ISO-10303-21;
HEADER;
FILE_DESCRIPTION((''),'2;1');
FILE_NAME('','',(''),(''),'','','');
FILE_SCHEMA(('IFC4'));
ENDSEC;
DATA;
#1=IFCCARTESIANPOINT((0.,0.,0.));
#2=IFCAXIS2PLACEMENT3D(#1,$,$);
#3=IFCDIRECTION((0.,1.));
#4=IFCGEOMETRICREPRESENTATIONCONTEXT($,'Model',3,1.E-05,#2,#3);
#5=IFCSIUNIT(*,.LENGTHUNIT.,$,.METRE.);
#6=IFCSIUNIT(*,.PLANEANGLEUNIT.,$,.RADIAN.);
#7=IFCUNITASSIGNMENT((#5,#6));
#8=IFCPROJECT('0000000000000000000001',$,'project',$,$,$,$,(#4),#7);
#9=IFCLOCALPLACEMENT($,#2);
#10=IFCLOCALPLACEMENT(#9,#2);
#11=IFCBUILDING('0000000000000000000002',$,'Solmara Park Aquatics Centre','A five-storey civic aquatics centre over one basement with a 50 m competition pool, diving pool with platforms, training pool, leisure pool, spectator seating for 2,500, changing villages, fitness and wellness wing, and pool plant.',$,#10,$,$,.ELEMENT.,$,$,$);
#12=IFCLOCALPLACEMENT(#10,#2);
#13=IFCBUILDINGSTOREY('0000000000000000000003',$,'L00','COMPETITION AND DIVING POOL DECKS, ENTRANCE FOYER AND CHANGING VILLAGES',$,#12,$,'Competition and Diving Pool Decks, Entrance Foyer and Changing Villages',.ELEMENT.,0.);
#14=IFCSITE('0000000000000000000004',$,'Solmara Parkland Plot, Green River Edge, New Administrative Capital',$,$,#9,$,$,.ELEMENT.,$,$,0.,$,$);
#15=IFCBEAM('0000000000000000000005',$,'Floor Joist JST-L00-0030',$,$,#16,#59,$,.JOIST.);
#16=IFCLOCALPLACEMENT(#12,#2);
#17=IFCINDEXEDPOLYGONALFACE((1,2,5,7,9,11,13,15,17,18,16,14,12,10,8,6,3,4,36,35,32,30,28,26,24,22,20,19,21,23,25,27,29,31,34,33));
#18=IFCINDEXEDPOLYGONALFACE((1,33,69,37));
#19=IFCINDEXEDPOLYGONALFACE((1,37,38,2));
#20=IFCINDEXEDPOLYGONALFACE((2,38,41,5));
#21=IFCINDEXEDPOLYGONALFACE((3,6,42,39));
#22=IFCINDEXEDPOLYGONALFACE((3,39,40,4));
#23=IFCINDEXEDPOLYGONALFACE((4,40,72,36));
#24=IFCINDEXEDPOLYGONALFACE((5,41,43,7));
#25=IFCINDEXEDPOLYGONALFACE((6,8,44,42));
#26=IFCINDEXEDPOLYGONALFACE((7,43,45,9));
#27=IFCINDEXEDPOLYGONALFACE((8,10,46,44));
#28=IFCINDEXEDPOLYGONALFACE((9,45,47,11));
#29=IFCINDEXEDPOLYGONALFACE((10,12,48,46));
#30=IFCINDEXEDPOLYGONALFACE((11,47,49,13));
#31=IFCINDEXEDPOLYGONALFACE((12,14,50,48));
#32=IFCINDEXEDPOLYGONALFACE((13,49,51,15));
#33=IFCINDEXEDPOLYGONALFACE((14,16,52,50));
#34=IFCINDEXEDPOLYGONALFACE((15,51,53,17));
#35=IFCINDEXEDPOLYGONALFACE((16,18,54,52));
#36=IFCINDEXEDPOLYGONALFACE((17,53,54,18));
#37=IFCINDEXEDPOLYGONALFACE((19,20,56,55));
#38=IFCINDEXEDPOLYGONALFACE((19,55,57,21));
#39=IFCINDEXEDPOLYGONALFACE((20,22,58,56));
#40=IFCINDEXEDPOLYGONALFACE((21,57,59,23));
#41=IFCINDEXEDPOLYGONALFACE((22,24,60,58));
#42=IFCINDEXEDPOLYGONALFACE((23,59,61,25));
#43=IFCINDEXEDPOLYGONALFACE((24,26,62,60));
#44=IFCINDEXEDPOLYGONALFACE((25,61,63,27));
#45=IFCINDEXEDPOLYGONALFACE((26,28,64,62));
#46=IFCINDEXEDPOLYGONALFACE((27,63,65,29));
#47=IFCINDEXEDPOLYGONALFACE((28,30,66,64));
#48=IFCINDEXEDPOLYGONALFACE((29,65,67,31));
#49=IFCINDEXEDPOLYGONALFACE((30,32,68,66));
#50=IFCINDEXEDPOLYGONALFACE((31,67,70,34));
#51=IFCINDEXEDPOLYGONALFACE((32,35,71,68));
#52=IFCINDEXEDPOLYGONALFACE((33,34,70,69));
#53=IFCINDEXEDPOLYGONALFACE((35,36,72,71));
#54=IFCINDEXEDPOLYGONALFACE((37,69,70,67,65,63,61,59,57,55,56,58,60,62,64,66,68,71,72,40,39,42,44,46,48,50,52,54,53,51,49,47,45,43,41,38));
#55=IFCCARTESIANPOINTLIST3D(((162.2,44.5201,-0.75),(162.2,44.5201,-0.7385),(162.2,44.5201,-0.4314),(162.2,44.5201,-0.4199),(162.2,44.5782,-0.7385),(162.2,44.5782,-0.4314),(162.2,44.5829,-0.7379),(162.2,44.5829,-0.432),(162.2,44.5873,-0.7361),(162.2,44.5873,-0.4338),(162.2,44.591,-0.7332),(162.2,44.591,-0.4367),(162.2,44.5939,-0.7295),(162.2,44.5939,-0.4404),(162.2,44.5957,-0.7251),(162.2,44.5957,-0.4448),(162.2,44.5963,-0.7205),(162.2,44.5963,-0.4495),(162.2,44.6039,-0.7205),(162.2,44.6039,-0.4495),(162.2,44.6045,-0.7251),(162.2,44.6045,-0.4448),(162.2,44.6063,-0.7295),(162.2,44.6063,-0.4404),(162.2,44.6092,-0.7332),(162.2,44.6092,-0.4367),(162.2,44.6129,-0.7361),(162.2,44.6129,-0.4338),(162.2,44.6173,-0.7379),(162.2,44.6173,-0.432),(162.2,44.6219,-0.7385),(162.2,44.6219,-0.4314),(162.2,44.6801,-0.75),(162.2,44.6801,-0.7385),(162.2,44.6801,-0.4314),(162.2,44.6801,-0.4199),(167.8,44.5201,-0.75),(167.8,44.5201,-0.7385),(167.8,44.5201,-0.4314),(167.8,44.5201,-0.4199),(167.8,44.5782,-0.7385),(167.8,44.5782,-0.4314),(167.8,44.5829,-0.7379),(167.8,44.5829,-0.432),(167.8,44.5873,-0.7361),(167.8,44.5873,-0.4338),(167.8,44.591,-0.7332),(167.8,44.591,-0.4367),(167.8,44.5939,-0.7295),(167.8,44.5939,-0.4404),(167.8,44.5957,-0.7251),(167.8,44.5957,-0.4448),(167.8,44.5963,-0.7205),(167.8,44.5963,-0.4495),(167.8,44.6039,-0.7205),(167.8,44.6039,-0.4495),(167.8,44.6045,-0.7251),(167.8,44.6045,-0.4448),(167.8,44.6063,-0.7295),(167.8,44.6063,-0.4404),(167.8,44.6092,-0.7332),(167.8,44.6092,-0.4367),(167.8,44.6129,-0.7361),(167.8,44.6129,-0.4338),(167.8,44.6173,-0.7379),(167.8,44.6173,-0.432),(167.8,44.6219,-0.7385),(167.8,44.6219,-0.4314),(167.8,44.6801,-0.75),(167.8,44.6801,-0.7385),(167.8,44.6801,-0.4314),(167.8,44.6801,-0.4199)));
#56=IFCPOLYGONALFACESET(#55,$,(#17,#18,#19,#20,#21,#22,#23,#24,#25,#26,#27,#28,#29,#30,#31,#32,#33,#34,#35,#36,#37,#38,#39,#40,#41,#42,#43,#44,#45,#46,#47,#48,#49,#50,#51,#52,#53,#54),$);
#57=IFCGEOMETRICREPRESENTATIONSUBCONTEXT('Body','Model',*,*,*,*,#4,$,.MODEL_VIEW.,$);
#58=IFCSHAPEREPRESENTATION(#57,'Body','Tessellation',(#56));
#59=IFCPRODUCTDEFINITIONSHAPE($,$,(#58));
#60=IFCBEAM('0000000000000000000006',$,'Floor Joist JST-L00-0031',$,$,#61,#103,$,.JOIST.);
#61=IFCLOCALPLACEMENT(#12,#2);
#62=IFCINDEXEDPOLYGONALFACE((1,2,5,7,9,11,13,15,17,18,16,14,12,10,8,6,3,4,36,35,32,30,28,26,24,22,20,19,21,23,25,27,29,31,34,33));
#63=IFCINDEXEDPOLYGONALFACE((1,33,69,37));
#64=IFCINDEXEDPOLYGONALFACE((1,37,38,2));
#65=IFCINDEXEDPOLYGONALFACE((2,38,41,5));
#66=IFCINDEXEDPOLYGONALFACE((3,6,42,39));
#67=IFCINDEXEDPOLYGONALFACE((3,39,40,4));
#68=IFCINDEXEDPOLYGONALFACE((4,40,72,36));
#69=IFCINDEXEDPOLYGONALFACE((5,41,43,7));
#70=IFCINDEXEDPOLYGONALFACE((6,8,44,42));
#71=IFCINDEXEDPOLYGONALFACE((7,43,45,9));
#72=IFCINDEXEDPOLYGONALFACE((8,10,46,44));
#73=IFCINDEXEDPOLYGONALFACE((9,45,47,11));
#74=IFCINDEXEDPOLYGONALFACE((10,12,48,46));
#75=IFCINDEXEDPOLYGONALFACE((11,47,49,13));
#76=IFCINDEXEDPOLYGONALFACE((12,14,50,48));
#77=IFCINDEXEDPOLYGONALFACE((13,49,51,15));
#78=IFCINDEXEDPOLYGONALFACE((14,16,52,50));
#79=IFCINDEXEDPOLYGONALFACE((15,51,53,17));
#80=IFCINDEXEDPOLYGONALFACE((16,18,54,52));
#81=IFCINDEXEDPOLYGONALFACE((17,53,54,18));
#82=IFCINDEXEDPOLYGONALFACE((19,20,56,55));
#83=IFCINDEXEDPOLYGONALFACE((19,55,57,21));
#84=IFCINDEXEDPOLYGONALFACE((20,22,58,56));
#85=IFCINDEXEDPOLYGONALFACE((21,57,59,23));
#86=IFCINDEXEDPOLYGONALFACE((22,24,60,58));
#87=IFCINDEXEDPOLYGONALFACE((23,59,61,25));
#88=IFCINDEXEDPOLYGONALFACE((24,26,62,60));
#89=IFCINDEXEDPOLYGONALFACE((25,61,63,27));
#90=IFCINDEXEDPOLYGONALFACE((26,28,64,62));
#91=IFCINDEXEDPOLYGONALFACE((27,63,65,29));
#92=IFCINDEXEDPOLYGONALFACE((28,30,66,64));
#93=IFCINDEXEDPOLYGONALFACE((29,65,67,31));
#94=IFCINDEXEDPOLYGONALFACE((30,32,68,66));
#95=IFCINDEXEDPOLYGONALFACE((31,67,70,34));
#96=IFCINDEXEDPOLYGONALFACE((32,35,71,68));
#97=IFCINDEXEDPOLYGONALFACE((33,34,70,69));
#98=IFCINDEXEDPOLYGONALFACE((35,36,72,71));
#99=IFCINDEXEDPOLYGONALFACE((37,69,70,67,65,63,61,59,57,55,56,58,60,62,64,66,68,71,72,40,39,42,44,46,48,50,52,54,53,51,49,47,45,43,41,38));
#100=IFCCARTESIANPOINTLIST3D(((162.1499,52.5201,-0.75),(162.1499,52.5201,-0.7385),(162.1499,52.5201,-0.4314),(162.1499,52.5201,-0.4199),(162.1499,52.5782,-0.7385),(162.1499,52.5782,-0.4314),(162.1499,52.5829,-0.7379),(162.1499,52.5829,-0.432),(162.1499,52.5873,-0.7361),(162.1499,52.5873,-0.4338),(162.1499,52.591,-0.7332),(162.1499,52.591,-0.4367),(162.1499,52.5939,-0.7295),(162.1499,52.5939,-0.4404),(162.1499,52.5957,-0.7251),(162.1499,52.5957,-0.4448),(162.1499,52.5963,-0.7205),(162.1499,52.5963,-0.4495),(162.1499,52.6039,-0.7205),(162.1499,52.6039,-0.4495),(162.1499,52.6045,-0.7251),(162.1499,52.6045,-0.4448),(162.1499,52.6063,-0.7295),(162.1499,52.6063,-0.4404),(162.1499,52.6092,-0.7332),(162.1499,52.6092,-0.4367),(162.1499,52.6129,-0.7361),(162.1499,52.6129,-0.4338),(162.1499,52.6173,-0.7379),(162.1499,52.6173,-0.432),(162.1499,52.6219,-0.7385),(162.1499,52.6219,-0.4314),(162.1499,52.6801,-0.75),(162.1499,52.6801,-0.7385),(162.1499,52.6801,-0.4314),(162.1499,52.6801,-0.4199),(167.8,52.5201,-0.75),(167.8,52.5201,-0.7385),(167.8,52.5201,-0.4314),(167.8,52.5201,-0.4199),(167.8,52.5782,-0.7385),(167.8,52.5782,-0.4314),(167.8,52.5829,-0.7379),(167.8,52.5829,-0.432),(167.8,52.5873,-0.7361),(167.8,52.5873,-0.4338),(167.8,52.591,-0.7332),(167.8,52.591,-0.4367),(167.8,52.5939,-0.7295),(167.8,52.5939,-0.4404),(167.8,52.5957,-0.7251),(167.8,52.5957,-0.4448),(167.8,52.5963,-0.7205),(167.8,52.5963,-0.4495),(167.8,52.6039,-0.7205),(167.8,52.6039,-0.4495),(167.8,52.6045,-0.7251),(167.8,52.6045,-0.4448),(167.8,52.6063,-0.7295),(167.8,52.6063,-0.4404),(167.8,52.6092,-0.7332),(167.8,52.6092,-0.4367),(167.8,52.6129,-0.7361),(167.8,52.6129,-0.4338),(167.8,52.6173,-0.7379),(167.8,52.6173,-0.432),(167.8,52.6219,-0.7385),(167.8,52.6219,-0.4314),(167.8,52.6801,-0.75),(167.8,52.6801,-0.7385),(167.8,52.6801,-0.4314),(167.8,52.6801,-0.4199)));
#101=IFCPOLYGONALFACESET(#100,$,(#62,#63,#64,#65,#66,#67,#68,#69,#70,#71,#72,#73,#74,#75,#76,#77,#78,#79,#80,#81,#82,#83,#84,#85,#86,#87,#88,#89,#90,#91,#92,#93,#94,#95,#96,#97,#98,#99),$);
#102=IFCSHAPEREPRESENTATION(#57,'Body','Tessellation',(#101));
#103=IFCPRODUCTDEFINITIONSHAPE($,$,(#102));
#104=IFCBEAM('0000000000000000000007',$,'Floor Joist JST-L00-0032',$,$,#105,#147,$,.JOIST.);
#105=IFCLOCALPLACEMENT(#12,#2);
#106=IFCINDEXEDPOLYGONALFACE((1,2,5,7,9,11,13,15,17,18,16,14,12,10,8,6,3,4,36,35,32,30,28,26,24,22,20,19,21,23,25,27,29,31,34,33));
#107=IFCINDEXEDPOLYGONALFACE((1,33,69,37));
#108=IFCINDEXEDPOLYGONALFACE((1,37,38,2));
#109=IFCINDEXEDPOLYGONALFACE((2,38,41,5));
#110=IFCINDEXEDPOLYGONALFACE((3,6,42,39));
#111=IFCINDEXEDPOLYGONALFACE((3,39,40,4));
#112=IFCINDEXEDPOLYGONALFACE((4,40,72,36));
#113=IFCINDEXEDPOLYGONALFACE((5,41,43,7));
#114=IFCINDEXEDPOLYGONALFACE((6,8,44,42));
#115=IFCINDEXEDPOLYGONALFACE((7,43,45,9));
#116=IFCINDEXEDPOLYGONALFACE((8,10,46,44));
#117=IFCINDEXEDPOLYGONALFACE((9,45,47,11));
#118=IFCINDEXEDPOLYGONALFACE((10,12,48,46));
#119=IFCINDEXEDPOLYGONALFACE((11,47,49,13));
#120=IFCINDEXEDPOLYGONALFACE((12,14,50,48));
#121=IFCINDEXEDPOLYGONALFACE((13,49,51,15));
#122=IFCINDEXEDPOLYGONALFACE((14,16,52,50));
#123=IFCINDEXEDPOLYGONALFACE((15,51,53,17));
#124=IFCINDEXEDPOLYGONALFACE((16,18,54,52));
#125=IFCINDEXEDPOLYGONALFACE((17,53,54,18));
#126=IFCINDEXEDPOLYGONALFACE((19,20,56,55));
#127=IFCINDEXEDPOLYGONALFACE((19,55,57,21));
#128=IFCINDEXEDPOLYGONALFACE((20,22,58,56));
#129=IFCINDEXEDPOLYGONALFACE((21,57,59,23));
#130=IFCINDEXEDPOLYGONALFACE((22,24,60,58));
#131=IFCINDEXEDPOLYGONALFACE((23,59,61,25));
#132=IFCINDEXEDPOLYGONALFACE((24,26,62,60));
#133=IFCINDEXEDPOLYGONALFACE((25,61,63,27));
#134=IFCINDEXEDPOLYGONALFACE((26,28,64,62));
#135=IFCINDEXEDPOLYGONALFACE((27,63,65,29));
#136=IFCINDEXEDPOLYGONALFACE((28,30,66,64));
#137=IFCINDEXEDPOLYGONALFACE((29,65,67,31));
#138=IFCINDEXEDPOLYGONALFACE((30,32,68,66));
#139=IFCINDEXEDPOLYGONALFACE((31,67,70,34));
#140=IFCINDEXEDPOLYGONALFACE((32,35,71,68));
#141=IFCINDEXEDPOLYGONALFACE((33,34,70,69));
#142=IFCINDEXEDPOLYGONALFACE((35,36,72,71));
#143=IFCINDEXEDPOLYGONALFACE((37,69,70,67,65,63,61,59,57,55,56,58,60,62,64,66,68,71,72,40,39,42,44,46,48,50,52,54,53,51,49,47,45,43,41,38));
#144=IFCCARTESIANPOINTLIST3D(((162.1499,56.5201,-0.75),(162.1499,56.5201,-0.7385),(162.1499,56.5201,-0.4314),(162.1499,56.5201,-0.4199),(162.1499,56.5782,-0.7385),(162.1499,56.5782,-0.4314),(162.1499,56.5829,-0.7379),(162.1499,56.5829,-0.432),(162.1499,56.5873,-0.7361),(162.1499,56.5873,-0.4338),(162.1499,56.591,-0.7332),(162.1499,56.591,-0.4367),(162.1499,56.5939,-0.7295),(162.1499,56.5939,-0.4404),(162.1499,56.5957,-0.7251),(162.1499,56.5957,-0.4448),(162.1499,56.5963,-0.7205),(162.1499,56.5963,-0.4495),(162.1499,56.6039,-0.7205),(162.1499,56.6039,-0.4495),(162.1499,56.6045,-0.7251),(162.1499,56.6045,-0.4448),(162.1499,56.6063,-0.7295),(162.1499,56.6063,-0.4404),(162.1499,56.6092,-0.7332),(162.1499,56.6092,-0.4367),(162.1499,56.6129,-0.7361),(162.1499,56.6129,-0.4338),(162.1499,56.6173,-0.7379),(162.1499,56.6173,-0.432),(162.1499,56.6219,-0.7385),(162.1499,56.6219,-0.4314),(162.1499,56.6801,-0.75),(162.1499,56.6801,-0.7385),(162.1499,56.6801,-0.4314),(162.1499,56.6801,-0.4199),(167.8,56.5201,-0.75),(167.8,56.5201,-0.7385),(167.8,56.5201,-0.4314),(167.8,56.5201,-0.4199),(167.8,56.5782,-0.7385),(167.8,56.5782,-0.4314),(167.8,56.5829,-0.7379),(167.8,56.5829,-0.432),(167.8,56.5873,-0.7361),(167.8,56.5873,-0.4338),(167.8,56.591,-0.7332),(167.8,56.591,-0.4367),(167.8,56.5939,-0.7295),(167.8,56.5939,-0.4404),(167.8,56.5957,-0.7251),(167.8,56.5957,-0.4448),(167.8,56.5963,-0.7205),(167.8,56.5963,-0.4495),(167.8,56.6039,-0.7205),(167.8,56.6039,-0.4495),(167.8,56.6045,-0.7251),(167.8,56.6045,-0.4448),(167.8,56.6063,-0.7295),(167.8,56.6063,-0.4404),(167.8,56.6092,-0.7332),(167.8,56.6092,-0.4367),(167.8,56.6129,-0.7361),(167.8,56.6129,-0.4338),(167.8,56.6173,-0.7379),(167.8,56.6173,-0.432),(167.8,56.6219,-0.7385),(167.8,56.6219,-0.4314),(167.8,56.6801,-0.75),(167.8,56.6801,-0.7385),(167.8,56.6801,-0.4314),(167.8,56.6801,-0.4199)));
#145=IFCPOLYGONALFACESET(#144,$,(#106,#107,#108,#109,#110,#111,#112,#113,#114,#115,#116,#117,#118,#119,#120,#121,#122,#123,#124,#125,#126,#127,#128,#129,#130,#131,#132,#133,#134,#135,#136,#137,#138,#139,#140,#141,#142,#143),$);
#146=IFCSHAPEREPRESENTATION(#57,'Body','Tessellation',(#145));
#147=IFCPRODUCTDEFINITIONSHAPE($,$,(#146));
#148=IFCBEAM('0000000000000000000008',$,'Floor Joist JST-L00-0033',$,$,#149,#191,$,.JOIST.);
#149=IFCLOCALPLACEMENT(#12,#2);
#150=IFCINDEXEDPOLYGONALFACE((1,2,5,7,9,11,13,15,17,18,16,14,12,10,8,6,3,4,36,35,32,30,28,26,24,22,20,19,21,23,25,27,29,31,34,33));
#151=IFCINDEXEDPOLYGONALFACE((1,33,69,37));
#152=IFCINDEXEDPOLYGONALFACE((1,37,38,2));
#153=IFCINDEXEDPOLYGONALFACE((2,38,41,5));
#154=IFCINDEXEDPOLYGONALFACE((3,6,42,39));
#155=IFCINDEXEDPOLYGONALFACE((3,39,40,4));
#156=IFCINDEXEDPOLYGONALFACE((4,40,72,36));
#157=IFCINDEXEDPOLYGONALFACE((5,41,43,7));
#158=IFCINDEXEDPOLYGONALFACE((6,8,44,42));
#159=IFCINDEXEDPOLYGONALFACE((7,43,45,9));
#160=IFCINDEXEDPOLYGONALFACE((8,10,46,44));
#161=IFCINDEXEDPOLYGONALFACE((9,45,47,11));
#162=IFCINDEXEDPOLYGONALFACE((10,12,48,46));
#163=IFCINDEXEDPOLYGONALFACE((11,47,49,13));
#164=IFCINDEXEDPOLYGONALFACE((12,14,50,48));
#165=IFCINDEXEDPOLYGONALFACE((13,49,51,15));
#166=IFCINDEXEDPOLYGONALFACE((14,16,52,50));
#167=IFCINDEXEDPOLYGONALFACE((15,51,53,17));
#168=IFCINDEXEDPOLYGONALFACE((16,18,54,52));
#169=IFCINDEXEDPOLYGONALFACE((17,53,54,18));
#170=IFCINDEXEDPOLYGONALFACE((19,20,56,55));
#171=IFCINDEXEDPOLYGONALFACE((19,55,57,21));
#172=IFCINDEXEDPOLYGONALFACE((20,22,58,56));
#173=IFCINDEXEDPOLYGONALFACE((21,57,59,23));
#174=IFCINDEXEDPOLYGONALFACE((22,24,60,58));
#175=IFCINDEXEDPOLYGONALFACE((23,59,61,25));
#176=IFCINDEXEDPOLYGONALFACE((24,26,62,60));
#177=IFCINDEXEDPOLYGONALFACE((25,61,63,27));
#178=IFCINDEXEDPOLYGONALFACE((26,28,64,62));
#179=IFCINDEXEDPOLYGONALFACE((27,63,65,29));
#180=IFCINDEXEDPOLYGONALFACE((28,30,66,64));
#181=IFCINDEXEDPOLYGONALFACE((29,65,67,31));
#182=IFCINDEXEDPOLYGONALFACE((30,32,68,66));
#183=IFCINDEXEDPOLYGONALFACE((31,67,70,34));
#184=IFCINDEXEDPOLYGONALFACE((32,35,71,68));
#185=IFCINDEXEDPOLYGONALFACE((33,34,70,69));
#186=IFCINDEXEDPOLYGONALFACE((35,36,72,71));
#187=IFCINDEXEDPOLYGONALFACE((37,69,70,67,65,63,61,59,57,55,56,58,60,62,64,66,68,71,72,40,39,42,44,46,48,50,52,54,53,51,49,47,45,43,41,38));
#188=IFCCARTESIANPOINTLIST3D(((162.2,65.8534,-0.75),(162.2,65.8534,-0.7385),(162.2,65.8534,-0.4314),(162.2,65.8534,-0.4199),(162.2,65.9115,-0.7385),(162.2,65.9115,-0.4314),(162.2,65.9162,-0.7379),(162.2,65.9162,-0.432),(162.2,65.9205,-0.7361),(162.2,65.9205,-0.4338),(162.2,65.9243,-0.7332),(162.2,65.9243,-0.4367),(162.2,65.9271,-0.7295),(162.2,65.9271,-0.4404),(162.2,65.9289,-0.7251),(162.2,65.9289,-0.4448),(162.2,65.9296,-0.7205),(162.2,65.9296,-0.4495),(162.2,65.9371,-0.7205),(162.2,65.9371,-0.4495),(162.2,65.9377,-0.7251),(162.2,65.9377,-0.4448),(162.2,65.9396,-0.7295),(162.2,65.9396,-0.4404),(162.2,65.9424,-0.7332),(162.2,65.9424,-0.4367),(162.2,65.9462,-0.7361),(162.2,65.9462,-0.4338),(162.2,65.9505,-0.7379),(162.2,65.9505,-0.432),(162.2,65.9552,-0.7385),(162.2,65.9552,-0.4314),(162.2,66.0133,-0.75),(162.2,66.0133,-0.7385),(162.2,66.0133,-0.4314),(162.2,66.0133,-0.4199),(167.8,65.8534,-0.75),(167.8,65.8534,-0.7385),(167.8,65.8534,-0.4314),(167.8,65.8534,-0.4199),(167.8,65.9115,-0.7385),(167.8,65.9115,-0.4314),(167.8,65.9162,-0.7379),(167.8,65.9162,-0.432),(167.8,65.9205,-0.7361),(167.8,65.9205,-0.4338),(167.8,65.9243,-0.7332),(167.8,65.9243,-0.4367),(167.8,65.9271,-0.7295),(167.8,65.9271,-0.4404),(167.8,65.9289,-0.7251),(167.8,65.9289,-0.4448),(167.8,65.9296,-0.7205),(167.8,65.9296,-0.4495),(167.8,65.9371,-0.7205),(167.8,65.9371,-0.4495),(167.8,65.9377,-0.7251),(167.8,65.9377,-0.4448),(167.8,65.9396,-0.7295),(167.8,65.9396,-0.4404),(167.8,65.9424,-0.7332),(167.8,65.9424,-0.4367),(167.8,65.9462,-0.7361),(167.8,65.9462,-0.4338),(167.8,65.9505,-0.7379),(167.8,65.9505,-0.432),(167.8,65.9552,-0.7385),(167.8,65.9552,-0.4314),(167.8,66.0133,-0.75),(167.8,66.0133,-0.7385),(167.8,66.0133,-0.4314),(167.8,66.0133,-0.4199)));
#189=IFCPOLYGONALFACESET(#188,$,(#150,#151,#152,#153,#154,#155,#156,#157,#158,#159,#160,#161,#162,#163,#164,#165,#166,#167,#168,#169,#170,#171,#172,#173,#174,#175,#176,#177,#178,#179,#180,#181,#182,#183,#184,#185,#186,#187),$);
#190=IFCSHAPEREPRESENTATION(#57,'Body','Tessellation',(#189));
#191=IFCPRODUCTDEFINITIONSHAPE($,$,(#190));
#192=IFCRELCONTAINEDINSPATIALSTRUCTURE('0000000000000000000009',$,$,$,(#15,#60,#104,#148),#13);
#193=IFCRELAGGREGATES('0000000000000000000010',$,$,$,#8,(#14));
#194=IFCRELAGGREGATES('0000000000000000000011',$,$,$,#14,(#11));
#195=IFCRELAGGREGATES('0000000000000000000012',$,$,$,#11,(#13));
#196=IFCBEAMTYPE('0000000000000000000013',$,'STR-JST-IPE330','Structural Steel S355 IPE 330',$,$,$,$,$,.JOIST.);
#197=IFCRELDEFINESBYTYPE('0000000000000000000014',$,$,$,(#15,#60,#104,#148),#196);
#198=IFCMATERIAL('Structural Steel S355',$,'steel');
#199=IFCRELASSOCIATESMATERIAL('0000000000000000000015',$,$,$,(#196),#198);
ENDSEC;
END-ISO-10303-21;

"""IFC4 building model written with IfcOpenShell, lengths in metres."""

from ifc_helpers import new_model, si_unit, direction, frame, origin, origin_2d, place, context, subcontext, project, spatial, i_section, extrude, material, material_profile, profile_set, type_object, element, save


model = new_model("IFC4")

# Units and contexts
model_context = context("Model", 3, precision=1e-05, world=origin(), true_north=direction((0.0, 1.0)))
body_context = subcontext(model_context, "Body", "Model", "MODEL_VIEW")
ifc_project = project(units=[si_unit("LENGTHUNIT", "METRE"), si_unit("PLANEANGLEUNIT", "RADIAN")], contexts=[model_context])

# Site, building, storey
site_placement = place(None, origin())
site = spatial("IfcSite", under=ifc_project, at=site_placement, Name="Solmara Parkland Plot, Green River Edge, New Administrative Capital", CompositionType="ELEMENT", RefElevation=0.0)
building_placement = place(site_placement, origin())
building = spatial("IfcBuilding", under=site, at=building_placement, Name="Solmara Park Aquatics Centre", Description="A five-storey civic aquatics centre over one basement with a 50 m competition pool, diving pool with platforms, training pool, leisure pool, spectator seating for 2,500, changing villages, fitness and wellness wing, and pool plant.", CompositionType="ELEMENT")
storey_placement = place(building_placement, origin())
storey = spatial("IfcBuildingStorey", under=building, at=storey_placement, Name="L00", Description="COMPETITION AND DIVING POOL DECKS, ENTRANCE FOYER AND CHANGING VILLAGES", LongName="Competition and Diving Pool Decks, Entrance Foyer and Changing Villages", CompositionType="ELEMENT", Elevation=0.0)

# Beams
ifc_material_1 = material(Name="Structural Steel S355", Category="steel")
ifc_material_profile_1 = material_profile(ifc_material_1, i_section(OverallWidth=0.1599, OverallDepth=0.3301, WebThickness=0.0076, FlangeThickness=0.0115, FilletRadius=0.0181, at=origin_2d()), Name="IPE 330")
ifc_profile_set_1 = profile_set([ifc_material_profile_1], Name="Structural Steel S355")
beam_type_1 = type_object("IfcBeamType", Name="STR-JST-IPE330", Description="Structural Steel S355 IPE 330", PredefinedType="JOIST", material=ifc_profile_set_1)
beam_1_placement = place(storey_placement, frame((162.2, 44.6001, -0.585), z_axis=(1.0, 0.0, 0.0), x_axis=(0.0, 1.0, 0.0)))
element("IfcBeam", 1, at=beam_1_placement, inside=storey, type_object=beam_type_1, Name="Floor Joist JST-L00-0030", PredefinedType="JOIST", context=body_context, shape_type="SweptSolid", body=[
    extrude(i_section(OverallWidth=0.1599, OverallDepth=0.3301, WebThickness=0.0076, FlangeThickness=0.0115, FilletRadius=0.0181, at=origin_2d()), origin(), (0.0, 0.0, 1.0), 5.6001),
])
for number, where, z_axis, x_axis, name in (
    (2, (162.1499, 52.6001, -0.585), (1.0, 0.0, 0.0), (0.0, 1.0, 0.0), "Floor Joist JST-L00-0031"),
    (3, (162.1499, 56.6001, -0.585), (1.0, 0.0, 0.0), (0.0, 1.0, 0.0), "Floor Joist JST-L00-0032"),
):
    element("IfcBeam", number, at=place(storey_placement, frame(where, z_axis=z_axis, x_axis=x_axis)), inside=storey, type_object=beam_type_1, Name=name, PredefinedType="JOIST", context=body_context, shape_type="SweptSolid", body=[
        extrude(i_section(OverallWidth=0.1599, OverallDepth=0.3301, WebThickness=0.0076, FlangeThickness=0.0115, FilletRadius=0.0181, at=origin_2d()), origin(), (0.0, 0.0, 1.0), 5.6501),
    ])
beam_2_placement = place(storey_placement, frame((162.2, 65.9333, -0.585), z_axis=(1.0, 0.0, 0.0), x_axis=(0.0, 1.0, 0.0)))
element("IfcBeam", 4, at=beam_2_placement, inside=storey, type_object=beam_type_1, Name="Floor Joist JST-L00-0033", PredefinedType="JOIST", context=body_context, shape_type="SweptSolid", body=[
    extrude(i_section(OverallWidth=0.1599, OverallDepth=0.3301, WebThickness=0.0076, FlangeThickness=0.0115, FilletRadius=0.0181, at=origin_2d()), origin(), (0.0, 0.0, 1.0), 5.6001),
])

save(model, "model.ifc")
